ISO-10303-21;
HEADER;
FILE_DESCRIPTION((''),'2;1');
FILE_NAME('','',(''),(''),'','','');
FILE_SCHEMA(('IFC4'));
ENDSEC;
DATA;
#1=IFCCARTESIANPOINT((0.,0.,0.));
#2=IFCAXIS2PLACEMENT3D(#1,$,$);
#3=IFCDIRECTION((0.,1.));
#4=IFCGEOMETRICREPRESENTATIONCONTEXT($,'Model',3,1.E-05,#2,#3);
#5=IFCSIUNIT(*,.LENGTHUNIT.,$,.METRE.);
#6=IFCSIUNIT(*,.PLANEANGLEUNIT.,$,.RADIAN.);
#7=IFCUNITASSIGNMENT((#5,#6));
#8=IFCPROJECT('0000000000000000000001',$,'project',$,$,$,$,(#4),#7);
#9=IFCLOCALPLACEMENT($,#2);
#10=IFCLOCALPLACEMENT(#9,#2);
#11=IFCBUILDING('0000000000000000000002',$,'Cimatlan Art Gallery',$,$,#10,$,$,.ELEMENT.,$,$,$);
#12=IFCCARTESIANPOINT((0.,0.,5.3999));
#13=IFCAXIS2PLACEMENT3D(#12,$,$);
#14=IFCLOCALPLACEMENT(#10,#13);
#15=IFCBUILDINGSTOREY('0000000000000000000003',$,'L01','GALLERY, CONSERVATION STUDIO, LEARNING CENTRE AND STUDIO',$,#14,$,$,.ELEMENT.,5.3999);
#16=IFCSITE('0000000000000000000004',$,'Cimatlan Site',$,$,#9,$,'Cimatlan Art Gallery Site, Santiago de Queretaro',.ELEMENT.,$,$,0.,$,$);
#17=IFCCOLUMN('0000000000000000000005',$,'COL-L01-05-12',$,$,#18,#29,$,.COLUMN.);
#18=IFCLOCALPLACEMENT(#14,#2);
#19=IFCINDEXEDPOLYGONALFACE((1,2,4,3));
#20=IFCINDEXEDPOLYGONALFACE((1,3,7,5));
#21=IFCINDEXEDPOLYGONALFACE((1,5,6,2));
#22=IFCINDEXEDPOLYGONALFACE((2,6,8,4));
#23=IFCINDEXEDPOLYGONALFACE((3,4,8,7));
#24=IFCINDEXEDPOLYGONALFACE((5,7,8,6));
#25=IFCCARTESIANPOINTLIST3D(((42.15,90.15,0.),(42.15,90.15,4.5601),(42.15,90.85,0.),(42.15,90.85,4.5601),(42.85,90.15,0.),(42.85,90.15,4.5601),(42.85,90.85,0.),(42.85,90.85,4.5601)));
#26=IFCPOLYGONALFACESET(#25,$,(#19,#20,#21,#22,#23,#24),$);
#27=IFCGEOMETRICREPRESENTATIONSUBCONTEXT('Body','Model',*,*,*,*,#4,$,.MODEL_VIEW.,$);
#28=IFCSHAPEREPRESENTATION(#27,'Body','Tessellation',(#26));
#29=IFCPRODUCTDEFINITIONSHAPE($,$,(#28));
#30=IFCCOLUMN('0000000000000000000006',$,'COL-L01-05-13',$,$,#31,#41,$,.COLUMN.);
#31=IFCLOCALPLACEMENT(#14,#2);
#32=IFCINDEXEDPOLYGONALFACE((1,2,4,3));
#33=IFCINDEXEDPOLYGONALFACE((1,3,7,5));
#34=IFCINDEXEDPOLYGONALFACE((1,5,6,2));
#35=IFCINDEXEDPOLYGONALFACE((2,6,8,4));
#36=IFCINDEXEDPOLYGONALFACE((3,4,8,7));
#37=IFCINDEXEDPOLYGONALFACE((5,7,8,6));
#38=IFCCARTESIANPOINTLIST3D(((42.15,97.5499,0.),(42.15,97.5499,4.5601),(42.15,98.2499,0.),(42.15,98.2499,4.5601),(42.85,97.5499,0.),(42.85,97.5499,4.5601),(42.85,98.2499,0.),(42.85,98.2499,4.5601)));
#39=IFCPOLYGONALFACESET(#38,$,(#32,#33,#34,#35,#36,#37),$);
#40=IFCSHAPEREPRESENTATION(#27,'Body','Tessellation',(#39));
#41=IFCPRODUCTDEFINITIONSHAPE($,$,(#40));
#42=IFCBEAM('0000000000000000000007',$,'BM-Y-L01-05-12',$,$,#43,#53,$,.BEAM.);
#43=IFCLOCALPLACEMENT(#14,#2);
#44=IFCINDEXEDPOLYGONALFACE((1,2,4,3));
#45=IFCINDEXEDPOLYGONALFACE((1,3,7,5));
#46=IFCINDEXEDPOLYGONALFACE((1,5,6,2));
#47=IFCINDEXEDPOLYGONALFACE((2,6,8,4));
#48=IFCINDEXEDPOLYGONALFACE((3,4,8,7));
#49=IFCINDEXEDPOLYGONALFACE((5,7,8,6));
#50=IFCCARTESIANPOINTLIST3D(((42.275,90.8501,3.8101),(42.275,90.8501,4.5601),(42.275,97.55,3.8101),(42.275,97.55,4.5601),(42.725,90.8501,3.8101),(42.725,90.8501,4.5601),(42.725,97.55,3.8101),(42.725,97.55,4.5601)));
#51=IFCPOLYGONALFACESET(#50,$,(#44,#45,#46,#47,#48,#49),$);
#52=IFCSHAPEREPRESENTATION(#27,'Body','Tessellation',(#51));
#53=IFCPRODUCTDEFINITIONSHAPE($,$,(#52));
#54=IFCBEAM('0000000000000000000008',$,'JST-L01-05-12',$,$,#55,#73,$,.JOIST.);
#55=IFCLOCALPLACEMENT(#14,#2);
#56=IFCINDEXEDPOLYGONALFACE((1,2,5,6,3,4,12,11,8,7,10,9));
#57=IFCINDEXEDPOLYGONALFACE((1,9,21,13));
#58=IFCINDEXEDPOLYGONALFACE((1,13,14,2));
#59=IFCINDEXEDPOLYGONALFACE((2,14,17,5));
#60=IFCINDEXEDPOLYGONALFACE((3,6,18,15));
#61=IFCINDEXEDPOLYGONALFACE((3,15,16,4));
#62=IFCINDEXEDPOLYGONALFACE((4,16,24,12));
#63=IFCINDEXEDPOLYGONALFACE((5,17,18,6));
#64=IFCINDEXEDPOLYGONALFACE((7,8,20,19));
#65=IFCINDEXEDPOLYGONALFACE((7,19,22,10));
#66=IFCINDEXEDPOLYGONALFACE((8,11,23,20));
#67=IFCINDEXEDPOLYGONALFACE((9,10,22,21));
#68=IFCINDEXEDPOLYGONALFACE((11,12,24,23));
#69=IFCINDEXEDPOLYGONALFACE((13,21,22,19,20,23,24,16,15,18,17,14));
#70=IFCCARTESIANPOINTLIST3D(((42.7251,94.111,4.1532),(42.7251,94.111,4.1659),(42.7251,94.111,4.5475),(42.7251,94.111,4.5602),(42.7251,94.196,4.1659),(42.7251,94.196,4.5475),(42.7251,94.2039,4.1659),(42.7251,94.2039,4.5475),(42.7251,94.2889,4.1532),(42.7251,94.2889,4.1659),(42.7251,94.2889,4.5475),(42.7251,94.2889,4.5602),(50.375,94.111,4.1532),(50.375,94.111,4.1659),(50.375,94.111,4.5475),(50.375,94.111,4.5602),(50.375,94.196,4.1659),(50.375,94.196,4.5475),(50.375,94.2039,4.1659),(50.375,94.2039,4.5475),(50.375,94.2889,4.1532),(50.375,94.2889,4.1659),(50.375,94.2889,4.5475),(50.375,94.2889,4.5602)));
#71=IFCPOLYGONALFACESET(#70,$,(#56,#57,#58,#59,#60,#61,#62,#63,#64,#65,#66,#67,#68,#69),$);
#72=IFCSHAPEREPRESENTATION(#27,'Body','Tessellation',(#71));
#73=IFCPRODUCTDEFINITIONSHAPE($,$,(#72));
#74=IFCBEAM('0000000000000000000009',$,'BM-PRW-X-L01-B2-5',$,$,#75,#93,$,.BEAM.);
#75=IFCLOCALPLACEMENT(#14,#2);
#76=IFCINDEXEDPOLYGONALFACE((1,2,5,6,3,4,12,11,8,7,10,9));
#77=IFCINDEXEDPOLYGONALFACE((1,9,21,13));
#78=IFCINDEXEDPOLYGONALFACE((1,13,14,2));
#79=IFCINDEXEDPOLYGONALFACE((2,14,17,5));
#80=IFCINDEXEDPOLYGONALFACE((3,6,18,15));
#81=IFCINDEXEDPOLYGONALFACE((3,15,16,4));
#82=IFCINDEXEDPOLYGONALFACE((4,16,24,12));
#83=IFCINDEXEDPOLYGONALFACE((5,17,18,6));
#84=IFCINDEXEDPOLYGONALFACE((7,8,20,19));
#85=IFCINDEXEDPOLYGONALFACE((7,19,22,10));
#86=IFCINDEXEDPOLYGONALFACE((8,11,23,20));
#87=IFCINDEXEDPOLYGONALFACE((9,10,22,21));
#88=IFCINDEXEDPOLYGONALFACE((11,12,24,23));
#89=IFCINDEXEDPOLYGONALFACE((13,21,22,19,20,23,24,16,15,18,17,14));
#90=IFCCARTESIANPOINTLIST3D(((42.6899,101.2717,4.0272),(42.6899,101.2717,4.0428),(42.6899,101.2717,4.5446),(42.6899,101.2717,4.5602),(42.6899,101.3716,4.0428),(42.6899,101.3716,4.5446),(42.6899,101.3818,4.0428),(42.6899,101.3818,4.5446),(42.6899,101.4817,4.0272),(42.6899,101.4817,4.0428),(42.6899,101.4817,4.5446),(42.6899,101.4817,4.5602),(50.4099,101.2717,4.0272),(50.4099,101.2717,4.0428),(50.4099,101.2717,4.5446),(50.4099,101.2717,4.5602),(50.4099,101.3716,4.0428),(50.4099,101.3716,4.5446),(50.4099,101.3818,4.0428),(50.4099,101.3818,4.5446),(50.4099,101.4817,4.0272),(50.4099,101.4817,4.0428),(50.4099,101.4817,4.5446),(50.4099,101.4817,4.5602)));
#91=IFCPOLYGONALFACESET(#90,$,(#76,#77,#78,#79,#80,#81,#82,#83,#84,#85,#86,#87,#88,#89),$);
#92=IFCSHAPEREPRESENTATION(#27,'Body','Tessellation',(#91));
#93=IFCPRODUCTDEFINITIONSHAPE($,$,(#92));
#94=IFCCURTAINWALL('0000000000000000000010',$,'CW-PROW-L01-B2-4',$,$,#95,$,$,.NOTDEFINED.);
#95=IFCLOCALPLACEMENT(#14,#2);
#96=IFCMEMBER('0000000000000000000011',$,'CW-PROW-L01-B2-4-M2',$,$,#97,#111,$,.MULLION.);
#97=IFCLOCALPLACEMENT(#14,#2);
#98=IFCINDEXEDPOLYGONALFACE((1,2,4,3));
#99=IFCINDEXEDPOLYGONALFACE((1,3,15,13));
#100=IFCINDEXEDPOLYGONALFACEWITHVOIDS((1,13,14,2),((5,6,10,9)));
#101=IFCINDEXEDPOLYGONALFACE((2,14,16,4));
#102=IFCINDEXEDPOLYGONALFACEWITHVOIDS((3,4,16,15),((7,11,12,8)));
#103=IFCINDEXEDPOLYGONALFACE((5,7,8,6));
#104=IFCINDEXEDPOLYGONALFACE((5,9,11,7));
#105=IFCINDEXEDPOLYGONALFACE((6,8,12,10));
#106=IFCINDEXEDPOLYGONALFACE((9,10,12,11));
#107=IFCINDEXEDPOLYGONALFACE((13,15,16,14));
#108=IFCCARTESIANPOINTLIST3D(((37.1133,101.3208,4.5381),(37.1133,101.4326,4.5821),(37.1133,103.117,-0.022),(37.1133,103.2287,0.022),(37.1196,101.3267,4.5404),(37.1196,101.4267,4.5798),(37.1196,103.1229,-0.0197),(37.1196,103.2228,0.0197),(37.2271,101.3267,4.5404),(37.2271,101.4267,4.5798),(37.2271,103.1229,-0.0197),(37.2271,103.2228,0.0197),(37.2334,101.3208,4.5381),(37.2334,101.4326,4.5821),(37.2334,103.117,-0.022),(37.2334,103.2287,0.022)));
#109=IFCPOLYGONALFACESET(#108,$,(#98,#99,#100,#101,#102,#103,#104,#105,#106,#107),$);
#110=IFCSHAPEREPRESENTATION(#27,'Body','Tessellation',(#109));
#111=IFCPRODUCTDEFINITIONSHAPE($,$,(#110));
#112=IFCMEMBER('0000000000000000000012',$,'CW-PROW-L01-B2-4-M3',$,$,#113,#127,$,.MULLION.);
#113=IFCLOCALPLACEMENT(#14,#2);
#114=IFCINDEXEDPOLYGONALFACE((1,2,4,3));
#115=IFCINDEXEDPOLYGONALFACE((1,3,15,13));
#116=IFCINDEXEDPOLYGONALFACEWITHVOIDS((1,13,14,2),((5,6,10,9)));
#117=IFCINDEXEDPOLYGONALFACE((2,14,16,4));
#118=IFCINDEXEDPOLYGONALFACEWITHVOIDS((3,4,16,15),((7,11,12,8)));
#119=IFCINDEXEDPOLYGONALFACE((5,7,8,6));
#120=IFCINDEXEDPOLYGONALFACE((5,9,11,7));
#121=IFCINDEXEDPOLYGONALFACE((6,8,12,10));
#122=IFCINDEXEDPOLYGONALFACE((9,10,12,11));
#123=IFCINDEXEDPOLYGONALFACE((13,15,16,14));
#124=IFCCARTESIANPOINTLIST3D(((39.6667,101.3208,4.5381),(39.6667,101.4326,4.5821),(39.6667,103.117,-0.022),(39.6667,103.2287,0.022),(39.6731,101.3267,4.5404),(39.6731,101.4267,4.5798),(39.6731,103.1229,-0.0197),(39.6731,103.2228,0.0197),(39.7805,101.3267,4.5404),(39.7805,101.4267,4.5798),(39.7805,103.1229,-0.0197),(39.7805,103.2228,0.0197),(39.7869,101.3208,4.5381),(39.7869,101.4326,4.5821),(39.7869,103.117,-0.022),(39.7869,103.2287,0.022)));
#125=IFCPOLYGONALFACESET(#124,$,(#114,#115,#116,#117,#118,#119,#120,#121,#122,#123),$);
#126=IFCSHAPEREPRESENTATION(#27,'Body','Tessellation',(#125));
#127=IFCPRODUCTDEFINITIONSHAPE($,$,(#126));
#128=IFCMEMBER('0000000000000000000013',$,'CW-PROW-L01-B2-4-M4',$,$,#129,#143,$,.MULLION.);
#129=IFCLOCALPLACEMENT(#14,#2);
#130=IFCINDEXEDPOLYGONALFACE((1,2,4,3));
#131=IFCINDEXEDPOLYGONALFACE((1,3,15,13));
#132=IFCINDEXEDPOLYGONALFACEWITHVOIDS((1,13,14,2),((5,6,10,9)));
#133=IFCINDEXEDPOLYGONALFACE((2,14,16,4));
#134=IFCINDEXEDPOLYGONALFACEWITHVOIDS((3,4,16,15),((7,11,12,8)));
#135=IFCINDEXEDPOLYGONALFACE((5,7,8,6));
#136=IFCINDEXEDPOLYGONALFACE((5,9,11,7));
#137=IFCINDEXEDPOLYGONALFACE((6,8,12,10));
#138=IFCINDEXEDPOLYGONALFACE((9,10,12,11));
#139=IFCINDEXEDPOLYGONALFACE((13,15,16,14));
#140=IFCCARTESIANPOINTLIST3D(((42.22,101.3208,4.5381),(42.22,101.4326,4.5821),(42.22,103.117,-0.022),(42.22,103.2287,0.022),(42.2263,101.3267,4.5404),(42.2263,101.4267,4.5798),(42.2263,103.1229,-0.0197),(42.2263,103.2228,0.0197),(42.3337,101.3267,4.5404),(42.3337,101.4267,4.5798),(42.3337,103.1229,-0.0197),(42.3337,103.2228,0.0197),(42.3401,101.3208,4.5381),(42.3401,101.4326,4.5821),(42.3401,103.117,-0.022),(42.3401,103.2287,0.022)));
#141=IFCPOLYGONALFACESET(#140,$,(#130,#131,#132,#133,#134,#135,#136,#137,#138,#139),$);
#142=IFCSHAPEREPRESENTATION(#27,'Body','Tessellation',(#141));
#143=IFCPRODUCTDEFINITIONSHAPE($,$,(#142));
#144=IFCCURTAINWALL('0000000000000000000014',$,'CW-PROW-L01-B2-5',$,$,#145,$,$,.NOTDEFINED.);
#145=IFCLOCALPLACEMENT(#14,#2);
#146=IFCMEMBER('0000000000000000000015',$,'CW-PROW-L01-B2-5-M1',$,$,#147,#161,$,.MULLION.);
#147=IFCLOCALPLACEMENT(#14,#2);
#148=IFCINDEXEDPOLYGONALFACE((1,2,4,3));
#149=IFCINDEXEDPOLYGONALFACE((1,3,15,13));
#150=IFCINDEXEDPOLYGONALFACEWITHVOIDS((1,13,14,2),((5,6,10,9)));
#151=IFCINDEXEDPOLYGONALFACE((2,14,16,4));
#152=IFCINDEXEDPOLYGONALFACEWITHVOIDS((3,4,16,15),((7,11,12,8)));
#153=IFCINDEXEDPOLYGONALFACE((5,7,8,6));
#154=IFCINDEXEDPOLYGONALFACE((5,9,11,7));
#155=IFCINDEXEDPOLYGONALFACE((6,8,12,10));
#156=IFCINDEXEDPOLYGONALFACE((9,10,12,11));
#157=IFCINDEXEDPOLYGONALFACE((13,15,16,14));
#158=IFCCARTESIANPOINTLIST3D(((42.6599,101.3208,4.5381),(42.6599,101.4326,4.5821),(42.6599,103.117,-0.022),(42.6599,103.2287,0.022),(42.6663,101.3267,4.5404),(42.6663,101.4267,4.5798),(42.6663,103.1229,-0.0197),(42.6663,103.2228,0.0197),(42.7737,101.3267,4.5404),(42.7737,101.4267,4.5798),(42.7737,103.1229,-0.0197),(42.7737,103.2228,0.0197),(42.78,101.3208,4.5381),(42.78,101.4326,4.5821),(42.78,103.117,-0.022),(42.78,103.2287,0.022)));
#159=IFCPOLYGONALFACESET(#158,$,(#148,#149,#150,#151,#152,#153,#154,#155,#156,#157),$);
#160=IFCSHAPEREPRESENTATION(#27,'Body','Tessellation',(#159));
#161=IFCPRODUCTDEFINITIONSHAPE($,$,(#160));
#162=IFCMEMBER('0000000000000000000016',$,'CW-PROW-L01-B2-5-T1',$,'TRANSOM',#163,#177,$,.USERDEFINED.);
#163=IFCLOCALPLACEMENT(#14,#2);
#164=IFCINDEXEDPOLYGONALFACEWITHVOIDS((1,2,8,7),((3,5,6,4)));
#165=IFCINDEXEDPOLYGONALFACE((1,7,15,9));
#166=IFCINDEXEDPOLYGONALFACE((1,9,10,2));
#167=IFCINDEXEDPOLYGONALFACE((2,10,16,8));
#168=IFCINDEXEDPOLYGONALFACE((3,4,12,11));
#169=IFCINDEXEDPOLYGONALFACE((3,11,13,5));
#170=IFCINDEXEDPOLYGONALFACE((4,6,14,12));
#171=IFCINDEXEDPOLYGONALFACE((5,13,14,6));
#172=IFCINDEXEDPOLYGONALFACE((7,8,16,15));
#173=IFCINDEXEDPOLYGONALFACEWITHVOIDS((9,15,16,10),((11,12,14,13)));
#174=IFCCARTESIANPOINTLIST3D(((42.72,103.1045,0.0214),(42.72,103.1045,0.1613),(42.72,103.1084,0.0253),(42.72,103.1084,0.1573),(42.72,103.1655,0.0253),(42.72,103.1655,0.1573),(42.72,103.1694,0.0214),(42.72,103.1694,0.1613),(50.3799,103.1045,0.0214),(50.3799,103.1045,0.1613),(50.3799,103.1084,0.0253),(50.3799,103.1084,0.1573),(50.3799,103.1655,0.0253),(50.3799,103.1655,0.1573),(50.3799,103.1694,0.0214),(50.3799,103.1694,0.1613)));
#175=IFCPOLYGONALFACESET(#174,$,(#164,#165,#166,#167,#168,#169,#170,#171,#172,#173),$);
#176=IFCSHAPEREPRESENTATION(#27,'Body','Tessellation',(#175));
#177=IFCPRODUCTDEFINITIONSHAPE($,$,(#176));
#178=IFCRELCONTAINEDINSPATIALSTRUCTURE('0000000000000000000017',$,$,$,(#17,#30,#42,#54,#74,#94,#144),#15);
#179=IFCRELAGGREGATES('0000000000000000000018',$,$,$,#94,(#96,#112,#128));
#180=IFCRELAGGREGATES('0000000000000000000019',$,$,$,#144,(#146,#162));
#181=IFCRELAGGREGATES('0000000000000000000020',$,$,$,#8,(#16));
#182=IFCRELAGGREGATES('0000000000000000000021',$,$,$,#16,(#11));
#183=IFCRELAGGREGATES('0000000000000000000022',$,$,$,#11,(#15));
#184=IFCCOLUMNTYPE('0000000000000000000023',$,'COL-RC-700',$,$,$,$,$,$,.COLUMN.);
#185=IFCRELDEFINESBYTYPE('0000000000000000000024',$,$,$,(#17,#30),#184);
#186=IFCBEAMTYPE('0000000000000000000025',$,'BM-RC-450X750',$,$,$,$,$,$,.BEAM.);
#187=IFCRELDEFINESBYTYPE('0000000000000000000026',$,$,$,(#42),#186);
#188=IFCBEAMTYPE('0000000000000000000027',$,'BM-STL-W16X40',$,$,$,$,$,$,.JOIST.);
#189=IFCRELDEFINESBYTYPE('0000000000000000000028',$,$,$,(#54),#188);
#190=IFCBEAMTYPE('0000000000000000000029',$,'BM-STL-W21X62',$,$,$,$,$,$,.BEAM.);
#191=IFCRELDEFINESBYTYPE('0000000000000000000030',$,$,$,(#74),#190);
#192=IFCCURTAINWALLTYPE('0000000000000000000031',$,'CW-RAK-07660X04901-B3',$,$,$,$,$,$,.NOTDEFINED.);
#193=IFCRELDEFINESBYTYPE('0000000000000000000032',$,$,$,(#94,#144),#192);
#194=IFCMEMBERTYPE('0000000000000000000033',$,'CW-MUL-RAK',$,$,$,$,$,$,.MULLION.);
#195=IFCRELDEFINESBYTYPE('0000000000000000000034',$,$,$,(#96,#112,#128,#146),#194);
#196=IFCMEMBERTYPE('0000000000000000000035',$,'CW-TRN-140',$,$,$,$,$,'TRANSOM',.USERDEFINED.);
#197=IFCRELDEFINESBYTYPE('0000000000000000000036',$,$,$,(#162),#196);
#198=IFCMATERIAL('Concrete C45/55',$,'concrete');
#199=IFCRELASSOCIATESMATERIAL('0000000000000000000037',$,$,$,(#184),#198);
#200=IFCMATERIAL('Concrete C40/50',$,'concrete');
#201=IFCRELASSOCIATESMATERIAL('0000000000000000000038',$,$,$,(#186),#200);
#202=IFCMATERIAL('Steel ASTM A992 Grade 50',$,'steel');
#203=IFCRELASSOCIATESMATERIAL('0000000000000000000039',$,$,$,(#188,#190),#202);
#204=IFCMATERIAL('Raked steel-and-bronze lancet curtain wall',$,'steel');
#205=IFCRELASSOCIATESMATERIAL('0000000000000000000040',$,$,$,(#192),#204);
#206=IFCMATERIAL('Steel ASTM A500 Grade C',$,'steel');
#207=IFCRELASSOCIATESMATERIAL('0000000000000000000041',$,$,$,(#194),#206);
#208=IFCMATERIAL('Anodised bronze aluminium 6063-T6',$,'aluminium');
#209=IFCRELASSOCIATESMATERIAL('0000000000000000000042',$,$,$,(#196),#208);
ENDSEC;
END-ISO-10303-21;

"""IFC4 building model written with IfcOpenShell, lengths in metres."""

from ifc_helpers import new_model, si_unit, direction, frame, origin, origin_2d, place, context, subcontext, project, spatial, rectangle, hollow_rectangle, i_section, extrude, material, material_profile, profile_set, type_object, element, aggregate, save


model = new_model("IFC4")

# Units and contexts
model_context = context("Model", 3, precision=1e-05, world=origin(), true_north=direction((0.0, 1.0)))
body_context = subcontext(model_context, "Body", "Model", "MODEL_VIEW")
ifc_project = project(units=[si_unit("LENGTHUNIT", "METRE"), si_unit("PLANEANGLEUNIT", "RADIAN")], contexts=[model_context])

# Site, building, storey
site_placement = place(None, origin())
site = spatial("IfcSite", under=ifc_project, at=site_placement, Name="Cimatlan Site", LongName="Cimatlan Art Gallery Site, Santiago de Queretaro", CompositionType="ELEMENT", RefElevation=0.0)
building_placement = place(site_placement, origin())
building = spatial("IfcBuilding", under=site, at=building_placement, Name="Cimatlan Art Gallery", CompositionType="ELEMENT")
storey_placement = place(building_placement, frame((0.0, 0.0, 5.3999)))
storey = spatial("IfcBuildingStorey", under=building, at=storey_placement, Name="L01", Description="GALLERY, CONSERVATION STUDIO, LEARNING CENTRE AND STUDIO", CompositionType="ELEMENT", Elevation=5.3999)

# Columns
ifc_material_1 = material(Name="Concrete C45/55", Category="concrete")
ifc_material_profile_1 = material_profile(ifc_material_1, rectangle(XDim=0.7, YDim=0.7, at=origin_2d()), Name="RC700X700")
ifc_profile_set_1 = profile_set([ifc_material_profile_1], Name="Concrete C45/55")
column_type = type_object("IfcColumnType", Name="COL-RC-700", PredefinedType="COLUMN", material=ifc_profile_set_1)
for number, where, z_axis, x_axis, name in (
    (1, (42.5, 90.5, 0.0), (0.0, 0.0, 1.0), (1.0, 0.0, 0.0), "COL-L01-05-12"),
    (2, (42.5, 97.8999, 0.0), (0.0, 0.0, 1.0), (1.0, 0.0, 0.0), "COL-L01-05-13"),
):
    element("IfcColumn", number, at=place(storey_placement, frame(where, z_axis=z_axis, x_axis=x_axis)), inside=storey, type_object=column_type, Name=name, PredefinedType="COLUMN", context=body_context, shape_type="SweptSolid", body=[
        extrude(rectangle(XDim=0.7, YDim=0.7, at=origin_2d()), origin(), (0.0, 0.0, 1.0), 4.5601),
    ])

# Beams
ifc_material_2 = material(Name="Concrete C40/50", Category="concrete")
ifc_material_profile_2 = material_profile(ifc_material_2, rectangle(XDim=0.45, YDim=0.75, at=origin_2d()), Name="RC450X750")
ifc_profile_set_2 = profile_set([ifc_material_profile_2], Name="Concrete C40/50")
beam_type_1 = type_object("IfcBeamType", Name="BM-RC-450X750", PredefinedType="BEAM", material=ifc_profile_set_2)
beam_1_placement = place(storey_placement, frame((42.5, 90.8501, 4.1851), z_axis=(0.0, 1.0, 0.0), x_axis=(-1.0, 0.0, 0.0)))
element("IfcBeam", 3, at=beam_1_placement, inside=storey, type_object=beam_type_1, Name="BM-Y-L01-05-12", PredefinedType="BEAM", context=body_context, shape_type="SweptSolid", body=[
    extrude(rectangle(XDim=0.45, YDim=0.75, at=origin_2d()), origin(), (0.0, 0.0, 1.0), 6.7),
])
ifc_material_3 = material(Name="Steel ASTM A992 Grade 50", Category="steel")
ifc_material_profile_3 = material_profile(ifc_material_3, i_section(OverallWidth=0.178, OverallDepth=0.407, WebThickness=0.0078, FlangeThickness=0.0127, at=origin_2d()), Name="W16X40")
ifc_profile_set_3 = profile_set([ifc_material_profile_3], Name="Steel ASTM A992 Grade 50")
beam_type_2 = type_object("IfcBeamType", Name="BM-STL-W16X40", PredefinedType="JOIST", material=ifc_profile_set_3)
beam_2_placement = place(storey_placement, frame((42.7251, 94.2, 4.3567), z_axis=(1.0, 0.0, 0.0), x_axis=(0.0, 1.0, 0.0)))
element("IfcBeam", 4, at=beam_2_placement, inside=storey, type_object=beam_type_2, Name="JST-L01-05-12", PredefinedType="JOIST", context=body_context, shape_type="SweptSolid", body=[
    extrude(i_section(OverallWidth=0.178, OverallDepth=0.407, WebThickness=0.0078, FlangeThickness=0.0127, at=origin_2d()), origin(), (0.0, 0.0, 1.0), 7.6499),
])
ifc_material_profile_4 = material_profile(ifc_material_3, i_section(OverallWidth=0.21, OverallDepth=0.533, WebThickness=0.0103, FlangeThickness=0.0156, at=origin_2d()), Name="W21X62")
ifc_profile_set_4 = profile_set([ifc_material_profile_4], Name="Steel ASTM A992 Grade 50")
beam_type_3 = type_object("IfcBeamType", Name="BM-STL-W21X62", PredefinedType="BEAM", material=ifc_profile_set_4)
beam_3_placement = place(storey_placement, frame((42.6899, 101.3767, 4.2937), z_axis=(1.0, 0.0, 0.0), x_axis=(0.0, 1.0, 0.0)))
element("IfcBeam", 5, at=beam_3_placement, inside=storey, type_object=beam_type_3, Name="BM-PRW-X-L01-B2-5", PredefinedType="BEAM", context=body_context, shape_type="SweptSolid", body=[
    extrude(i_section(OverallWidth=0.21, OverallDepth=0.533, WebThickness=0.0103, FlangeThickness=0.0156, at=origin_2d()), origin(), (0.0, 0.0, 1.0), 7.72),
])

# Curtain walls, members
ifc_material_4 = material(Name="Raked steel-and-bronze lancet curtain wall", Category="steel")
curtain_wall_type = type_object("IfcCurtainWallType", Name="CW-RAK-07660X04901-B3", PredefinedType="NOTDEFINED", material=ifc_material_4)
curtain_wall_1_placement = place(storey_placement, origin())
curtain_wall_1 = element("IfcCurtainWall", 6, at=curtain_wall_1_placement, inside=storey, type_object=curtain_wall_type, Name="CW-PROW-L01-B2-4", PredefinedType="NOTDEFINED")
ifc_material_5 = material(Name="Steel ASTM A500 Grade C", Category="steel")
ifc_material_profile_5 = material_profile(ifc_material_5, hollow_rectangle(XDim=0.1201, YDim=0.1201, WallThickness=0.0063, at=origin_2d()), Name="HSS120X120X6")
ifc_profile_set_5 = profile_set([ifc_material_profile_5], Name="Steel ASTM A500 Grade C")
member_type_1 = type_object("IfcMemberType", Name="CW-MUL-RAK", PredefinedType="MULLION", material=ifc_profile_set_5)
member_1_placement = place(storey_placement, frame((37.1733, 103.1729, 0.0), z_axis=(0.0, -0.366481, 0.930425), x_axis=(1.0, 0.0, 0.0)))
member_1 = element("IfcMember", 7, at=member_1_placement, type_object=member_type_1, Name="CW-PROW-L01-B2-4-M2", PredefinedType="MULLION", context=body_context, shape_type="SweptSolid", body=[
    extrude(hollow_rectangle(XDim=0.1201, YDim=0.1201, WallThickness=0.0063, at=origin_2d()), origin(), (0.0, 0.0, 1.0), 4.9011),
])
member_2_placement = place(storey_placement, frame((39.7268, 103.1729, 0.0), z_axis=(0.0, -0.366481, 0.930425), x_axis=(1.0, 0.0, 0.0)))
member_2 = element("IfcMember", 8, at=member_2_placement, type_object=member_type_1, Name="CW-PROW-L01-B2-4-M3", PredefinedType="MULLION", context=body_context, shape_type="SweptSolid", body=[
    extrude(hollow_rectangle(XDim=0.1201, YDim=0.1201, WallThickness=0.0063, at=origin_2d()), origin(), (0.0, 0.0, 1.0), 4.9011),
])
member_3_placement = place(storey_placement, frame((42.28, 103.1729, 0.0), z_axis=(0.0, -0.366481, 0.930425), x_axis=(1.0, 0.0, 0.0)))
member_3 = element("IfcMember", 9, at=member_3_placement, type_object=member_type_1, Name="CW-PROW-L01-B2-4-M4", PredefinedType="MULLION", context=body_context, shape_type="SweptSolid", body=[
    extrude(hollow_rectangle(XDim=0.1201, YDim=0.1201, WallThickness=0.0063, at=origin_2d()), origin(), (0.0, 0.0, 1.0), 4.9011),
])
curtain_wall_2_placement = place(storey_placement, origin())
curtain_wall_2 = element("IfcCurtainWall", 10, at=curtain_wall_2_placement, inside=storey, type_object=curtain_wall_type, Name="CW-PROW-L01-B2-5", PredefinedType="NOTDEFINED")
member_4_placement = place(storey_placement, frame((42.72, 103.1729, 0.0), z_axis=(0.0, -0.366481, 0.930425), x_axis=(1.0, 0.0, 0.0)))
member_4 = element("IfcMember", 11, at=member_4_placement, type_object=member_type_1, Name="CW-PROW-L01-B2-5-M1", PredefinedType="MULLION", context=body_context, shape_type="SweptSolid", body=[
    extrude(hollow_rectangle(XDim=0.1201, YDim=0.1201, WallThickness=0.0063, at=origin_2d()), origin(), (0.0, 0.0, 1.0), 4.9011),
])
ifc_material_6 = material(Name="Anodised bronze aluminium 6063-T6", Category="aluminium")
ifc_material_profile_6 = material_profile(ifc_material_6, hollow_rectangle(XDim=0.0649, YDim=0.1399, WallThickness=0.0039, at=origin_2d()), Name="ALU65X140X4")
ifc_profile_set_6 = profile_set([ifc_material_profile_6], Name="Anodised bronze aluminium 6063-T6")
member_type_2 = type_object("IfcMemberType", Name="CW-TRN-140", ElementType="TRANSOM", PredefinedType="USERDEFINED", material=ifc_profile_set_6)
member_5_placement = place(storey_placement, frame((42.72, 103.137, 0.0913), z_axis=(1.0, 0.0, 0.0), x_axis=(0.0, 1.0, 0.0)))
member_5 = element("IfcMember", 12, at=member_5_placement, type_object=member_type_2, Name="CW-PROW-L01-B2-5-T1", ObjectType="TRANSOM", PredefinedType="USERDEFINED", context=body_context, shape_type="SweptSolid", body=[
    extrude(hollow_rectangle(XDim=0.0649, YDim=0.1399, WallThickness=0.0039, at=origin_2d()), origin(), (0.0, 0.0, 1.0), 7.6599),
])

aggregate(curtain_wall_1, [member_1, member_2, member_3])
aggregate(curtain_wall_2, [member_4, member_5])

save(model, "model.ifc")
